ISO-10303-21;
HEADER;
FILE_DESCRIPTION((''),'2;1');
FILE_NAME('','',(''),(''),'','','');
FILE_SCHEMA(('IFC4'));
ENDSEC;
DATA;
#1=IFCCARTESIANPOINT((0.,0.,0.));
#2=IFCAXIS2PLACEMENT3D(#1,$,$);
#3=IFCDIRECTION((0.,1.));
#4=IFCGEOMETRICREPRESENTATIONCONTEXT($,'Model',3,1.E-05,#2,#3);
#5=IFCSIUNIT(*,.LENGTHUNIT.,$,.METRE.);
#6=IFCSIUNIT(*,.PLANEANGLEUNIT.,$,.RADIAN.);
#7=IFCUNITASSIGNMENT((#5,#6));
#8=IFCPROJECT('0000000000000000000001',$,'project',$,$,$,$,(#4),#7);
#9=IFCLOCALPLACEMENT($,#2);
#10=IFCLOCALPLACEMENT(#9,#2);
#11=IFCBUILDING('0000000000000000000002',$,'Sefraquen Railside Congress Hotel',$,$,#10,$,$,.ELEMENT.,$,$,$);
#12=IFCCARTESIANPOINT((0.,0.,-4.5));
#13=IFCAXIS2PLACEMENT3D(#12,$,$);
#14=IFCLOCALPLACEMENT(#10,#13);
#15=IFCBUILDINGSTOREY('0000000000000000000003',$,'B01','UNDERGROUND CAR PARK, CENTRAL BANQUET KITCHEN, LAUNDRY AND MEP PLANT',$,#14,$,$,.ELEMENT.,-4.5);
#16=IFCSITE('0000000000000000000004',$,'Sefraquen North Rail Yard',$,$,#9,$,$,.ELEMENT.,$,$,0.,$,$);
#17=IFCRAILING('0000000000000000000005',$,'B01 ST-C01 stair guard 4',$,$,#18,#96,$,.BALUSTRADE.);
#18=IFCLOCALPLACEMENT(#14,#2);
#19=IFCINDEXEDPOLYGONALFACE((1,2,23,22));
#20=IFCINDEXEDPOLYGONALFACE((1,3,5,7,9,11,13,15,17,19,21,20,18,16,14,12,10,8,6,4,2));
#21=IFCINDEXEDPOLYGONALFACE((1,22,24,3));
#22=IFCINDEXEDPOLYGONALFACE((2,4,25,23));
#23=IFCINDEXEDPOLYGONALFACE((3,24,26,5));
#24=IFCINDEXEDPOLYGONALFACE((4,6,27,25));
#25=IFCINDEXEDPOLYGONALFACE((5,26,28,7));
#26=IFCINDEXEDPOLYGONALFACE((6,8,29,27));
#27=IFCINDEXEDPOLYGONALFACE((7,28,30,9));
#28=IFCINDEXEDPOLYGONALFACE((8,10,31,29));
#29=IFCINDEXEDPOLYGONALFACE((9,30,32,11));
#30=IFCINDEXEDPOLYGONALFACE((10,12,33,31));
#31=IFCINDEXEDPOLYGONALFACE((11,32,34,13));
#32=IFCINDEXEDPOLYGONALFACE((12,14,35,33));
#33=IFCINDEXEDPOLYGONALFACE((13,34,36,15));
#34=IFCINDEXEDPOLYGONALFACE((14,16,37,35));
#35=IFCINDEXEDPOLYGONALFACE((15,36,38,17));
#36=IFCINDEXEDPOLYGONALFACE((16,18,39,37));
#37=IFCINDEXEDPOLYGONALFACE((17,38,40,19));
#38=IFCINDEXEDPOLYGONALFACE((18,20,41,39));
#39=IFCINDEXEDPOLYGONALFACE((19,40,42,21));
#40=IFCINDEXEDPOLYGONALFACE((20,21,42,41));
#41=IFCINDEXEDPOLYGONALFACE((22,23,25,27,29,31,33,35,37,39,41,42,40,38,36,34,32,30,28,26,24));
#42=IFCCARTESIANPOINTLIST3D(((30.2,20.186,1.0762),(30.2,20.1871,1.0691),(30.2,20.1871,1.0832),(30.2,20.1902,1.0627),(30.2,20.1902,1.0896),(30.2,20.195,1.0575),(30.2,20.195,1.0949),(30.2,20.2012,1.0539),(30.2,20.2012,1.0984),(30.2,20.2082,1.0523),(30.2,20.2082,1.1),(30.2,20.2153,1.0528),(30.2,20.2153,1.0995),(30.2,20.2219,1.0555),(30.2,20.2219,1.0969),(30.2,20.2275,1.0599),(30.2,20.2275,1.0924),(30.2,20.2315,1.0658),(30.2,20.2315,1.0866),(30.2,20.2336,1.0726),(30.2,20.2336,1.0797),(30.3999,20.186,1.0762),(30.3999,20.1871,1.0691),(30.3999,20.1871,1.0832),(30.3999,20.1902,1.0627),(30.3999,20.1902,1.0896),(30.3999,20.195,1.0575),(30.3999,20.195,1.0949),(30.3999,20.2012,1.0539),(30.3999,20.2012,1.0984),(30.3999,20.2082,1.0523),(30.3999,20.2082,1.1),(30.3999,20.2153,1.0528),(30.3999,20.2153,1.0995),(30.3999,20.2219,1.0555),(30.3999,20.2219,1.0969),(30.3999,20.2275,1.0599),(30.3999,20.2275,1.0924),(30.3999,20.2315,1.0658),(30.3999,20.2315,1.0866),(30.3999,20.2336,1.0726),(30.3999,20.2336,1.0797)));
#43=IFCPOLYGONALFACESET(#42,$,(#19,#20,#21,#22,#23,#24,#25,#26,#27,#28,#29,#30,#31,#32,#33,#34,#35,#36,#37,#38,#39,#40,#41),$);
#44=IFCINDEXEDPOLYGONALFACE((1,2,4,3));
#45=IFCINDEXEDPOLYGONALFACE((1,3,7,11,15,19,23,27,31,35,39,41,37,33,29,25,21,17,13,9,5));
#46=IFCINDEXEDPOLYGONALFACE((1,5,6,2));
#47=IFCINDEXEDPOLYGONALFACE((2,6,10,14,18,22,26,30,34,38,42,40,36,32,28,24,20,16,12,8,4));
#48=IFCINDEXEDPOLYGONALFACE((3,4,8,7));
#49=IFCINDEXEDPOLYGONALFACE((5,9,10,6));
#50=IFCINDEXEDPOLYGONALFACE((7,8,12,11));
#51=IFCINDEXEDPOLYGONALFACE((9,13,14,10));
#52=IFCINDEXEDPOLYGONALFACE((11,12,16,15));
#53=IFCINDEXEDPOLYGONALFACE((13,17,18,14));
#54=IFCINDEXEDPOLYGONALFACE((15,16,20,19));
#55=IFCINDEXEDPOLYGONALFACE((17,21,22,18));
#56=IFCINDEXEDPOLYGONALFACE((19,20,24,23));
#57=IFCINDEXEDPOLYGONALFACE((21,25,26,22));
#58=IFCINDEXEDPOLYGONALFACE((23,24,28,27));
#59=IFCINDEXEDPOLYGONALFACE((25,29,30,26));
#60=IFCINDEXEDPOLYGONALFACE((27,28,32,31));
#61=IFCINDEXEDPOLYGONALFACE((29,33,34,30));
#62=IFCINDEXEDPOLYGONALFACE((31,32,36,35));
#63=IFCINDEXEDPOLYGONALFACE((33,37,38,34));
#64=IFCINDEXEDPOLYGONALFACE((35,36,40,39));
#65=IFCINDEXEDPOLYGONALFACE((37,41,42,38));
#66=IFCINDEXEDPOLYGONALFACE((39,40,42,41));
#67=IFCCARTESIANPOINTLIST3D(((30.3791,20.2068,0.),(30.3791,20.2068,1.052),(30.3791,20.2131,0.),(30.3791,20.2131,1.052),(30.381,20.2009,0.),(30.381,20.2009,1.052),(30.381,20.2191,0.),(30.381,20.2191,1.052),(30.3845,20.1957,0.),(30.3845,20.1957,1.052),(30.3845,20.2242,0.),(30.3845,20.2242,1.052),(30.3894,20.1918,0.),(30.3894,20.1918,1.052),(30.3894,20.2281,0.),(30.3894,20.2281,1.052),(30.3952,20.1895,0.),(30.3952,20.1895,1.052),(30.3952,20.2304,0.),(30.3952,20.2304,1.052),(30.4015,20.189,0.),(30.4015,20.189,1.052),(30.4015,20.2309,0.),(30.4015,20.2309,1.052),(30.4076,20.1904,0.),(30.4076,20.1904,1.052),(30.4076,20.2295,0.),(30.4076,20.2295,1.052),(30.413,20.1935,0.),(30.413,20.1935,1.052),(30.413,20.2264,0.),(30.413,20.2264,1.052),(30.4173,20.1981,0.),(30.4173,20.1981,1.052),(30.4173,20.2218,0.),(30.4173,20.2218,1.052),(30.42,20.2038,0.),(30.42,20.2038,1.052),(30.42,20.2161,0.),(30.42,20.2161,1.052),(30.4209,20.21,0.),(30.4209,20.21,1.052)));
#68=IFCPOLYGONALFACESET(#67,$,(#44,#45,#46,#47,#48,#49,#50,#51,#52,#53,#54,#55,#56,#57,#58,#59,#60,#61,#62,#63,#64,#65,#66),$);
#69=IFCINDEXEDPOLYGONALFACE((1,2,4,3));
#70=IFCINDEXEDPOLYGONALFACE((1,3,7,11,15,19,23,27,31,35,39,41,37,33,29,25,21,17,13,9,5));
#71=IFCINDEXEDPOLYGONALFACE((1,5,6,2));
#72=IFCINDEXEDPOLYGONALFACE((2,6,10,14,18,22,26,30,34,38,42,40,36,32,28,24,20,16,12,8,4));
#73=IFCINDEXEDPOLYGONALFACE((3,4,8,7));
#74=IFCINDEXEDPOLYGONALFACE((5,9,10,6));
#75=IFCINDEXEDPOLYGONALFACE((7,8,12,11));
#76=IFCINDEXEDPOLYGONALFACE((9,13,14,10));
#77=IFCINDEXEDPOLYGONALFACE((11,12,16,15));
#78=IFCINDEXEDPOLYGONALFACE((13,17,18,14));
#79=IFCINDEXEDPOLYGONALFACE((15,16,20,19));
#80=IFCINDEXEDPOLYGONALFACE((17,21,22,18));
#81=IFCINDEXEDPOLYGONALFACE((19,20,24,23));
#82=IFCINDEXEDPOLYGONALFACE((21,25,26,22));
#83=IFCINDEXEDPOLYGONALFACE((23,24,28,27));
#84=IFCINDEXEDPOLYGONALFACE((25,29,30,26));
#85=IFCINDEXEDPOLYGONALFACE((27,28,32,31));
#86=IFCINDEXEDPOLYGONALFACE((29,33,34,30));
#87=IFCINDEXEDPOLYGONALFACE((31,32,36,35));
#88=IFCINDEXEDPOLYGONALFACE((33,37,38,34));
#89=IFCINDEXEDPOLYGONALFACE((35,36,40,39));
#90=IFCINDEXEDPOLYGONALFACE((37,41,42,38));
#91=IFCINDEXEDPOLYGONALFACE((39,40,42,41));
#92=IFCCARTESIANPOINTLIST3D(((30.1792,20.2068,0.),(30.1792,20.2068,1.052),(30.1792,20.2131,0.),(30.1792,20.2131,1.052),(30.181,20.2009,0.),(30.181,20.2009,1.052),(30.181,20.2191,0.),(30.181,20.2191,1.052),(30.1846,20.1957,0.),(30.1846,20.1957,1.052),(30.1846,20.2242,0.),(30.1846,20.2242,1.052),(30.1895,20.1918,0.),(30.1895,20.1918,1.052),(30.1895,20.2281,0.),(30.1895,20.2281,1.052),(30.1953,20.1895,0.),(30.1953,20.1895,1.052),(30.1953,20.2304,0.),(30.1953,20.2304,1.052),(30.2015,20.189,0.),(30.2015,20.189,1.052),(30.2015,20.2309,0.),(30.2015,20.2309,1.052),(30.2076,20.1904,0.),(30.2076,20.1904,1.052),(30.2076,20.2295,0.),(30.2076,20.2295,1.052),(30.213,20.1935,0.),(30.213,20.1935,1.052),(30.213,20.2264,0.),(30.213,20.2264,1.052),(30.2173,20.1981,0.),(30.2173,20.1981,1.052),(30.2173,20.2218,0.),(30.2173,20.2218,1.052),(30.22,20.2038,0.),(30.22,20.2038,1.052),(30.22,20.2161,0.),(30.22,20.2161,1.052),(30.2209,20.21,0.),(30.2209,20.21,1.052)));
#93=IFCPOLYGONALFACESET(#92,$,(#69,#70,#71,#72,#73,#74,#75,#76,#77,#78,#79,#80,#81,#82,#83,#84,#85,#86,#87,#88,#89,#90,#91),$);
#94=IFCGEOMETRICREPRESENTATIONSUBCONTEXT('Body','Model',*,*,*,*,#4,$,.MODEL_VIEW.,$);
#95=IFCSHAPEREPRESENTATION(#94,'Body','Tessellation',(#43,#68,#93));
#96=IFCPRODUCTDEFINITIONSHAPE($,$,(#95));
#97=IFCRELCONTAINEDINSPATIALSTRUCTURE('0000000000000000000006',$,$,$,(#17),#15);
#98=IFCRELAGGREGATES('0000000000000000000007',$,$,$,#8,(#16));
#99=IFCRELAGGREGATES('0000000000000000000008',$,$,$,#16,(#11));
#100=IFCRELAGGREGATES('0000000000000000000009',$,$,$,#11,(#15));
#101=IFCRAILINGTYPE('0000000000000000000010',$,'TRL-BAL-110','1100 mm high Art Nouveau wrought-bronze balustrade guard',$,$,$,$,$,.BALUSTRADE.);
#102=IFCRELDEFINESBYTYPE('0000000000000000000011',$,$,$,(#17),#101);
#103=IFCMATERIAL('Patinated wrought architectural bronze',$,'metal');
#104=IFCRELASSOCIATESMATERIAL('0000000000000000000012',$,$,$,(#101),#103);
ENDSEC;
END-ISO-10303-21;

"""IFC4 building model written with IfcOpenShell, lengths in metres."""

from ifc_helpers import new_model, si_unit, direction, frame, origin, origin_2d, place, context, subcontext, project, spatial, circle, extrude, material, type_object, element, save


model = new_model("IFC4")

# Units and contexts
model_context = context("Model", 3, precision=1e-05, world=origin(), true_north=direction((0.0, 1.0)))
body_context = subcontext(model_context, "Body", "Model", "MODEL_VIEW")
ifc_project = project(units=[si_unit("LENGTHUNIT", "METRE"), si_unit("PLANEANGLEUNIT", "RADIAN")], contexts=[model_context])

# Site, building, storey
site_placement = place(None, origin())
site = spatial("IfcSite", under=ifc_project, at=site_placement, Name="Sefraquen North Rail Yard", CompositionType="ELEMENT", RefElevation=0.0)
building_placement = place(site_placement, origin())
building = spatial("IfcBuilding", under=site, at=building_placement, Name="Sefraquen Railside Congress Hotel", CompositionType="ELEMENT")
storey_placement = place(building_placement, frame((0.0, 0.0, -4.5)))
storey = spatial("IfcBuildingStorey", under=building, at=storey_placement, Name="B01", Description="UNDERGROUND CAR PARK, CENTRAL BANQUET KITCHEN, LAUNDRY AND MEP PLANT", CompositionType="ELEMENT", Elevation=-4.5)

# Railing
ifc_material_1 = material(Name="Patinated wrought architectural bronze", Category="metal")
railing_type_1 = type_object("IfcRailingType", Name="TRL-BAL-110", Description="1100 mm high Art Nouveau wrought-bronze balustrade guard", PredefinedType="BALUSTRADE", material=ifc_material_1)
railing_1_placement = place(storey_placement, frame((30.3999, 20.21, 0.0)))
element("IfcRailing", 1, at=railing_1_placement, inside=storey, type_object=railing_type_1, Name="B01 ST-C01 stair guard 4", PredefinedType="BALUSTRADE", context=body_context, shape_type="SweptSolid", body=[
    extrude(circle(Radius=0.0239, at=origin_2d()), frame((0.0, 0.0, 1.0762), z_axis=(-1.0, 0.0, 0.0), x_axis=(0.0, -1.0, 0.0)), (0.0, 0.0, 1.0), 0.2),
    extrude(circle(Radius=0.021, at=origin_2d()), origin(), (0.0, 0.0, 1.0), 1.052),
    extrude(circle(Radius=0.021, at=origin_2d()), frame((-0.2, 0.0, 0.0)), (0.0, 0.0, 1.0), 1.052),
])

save(model, "model.ifc")
